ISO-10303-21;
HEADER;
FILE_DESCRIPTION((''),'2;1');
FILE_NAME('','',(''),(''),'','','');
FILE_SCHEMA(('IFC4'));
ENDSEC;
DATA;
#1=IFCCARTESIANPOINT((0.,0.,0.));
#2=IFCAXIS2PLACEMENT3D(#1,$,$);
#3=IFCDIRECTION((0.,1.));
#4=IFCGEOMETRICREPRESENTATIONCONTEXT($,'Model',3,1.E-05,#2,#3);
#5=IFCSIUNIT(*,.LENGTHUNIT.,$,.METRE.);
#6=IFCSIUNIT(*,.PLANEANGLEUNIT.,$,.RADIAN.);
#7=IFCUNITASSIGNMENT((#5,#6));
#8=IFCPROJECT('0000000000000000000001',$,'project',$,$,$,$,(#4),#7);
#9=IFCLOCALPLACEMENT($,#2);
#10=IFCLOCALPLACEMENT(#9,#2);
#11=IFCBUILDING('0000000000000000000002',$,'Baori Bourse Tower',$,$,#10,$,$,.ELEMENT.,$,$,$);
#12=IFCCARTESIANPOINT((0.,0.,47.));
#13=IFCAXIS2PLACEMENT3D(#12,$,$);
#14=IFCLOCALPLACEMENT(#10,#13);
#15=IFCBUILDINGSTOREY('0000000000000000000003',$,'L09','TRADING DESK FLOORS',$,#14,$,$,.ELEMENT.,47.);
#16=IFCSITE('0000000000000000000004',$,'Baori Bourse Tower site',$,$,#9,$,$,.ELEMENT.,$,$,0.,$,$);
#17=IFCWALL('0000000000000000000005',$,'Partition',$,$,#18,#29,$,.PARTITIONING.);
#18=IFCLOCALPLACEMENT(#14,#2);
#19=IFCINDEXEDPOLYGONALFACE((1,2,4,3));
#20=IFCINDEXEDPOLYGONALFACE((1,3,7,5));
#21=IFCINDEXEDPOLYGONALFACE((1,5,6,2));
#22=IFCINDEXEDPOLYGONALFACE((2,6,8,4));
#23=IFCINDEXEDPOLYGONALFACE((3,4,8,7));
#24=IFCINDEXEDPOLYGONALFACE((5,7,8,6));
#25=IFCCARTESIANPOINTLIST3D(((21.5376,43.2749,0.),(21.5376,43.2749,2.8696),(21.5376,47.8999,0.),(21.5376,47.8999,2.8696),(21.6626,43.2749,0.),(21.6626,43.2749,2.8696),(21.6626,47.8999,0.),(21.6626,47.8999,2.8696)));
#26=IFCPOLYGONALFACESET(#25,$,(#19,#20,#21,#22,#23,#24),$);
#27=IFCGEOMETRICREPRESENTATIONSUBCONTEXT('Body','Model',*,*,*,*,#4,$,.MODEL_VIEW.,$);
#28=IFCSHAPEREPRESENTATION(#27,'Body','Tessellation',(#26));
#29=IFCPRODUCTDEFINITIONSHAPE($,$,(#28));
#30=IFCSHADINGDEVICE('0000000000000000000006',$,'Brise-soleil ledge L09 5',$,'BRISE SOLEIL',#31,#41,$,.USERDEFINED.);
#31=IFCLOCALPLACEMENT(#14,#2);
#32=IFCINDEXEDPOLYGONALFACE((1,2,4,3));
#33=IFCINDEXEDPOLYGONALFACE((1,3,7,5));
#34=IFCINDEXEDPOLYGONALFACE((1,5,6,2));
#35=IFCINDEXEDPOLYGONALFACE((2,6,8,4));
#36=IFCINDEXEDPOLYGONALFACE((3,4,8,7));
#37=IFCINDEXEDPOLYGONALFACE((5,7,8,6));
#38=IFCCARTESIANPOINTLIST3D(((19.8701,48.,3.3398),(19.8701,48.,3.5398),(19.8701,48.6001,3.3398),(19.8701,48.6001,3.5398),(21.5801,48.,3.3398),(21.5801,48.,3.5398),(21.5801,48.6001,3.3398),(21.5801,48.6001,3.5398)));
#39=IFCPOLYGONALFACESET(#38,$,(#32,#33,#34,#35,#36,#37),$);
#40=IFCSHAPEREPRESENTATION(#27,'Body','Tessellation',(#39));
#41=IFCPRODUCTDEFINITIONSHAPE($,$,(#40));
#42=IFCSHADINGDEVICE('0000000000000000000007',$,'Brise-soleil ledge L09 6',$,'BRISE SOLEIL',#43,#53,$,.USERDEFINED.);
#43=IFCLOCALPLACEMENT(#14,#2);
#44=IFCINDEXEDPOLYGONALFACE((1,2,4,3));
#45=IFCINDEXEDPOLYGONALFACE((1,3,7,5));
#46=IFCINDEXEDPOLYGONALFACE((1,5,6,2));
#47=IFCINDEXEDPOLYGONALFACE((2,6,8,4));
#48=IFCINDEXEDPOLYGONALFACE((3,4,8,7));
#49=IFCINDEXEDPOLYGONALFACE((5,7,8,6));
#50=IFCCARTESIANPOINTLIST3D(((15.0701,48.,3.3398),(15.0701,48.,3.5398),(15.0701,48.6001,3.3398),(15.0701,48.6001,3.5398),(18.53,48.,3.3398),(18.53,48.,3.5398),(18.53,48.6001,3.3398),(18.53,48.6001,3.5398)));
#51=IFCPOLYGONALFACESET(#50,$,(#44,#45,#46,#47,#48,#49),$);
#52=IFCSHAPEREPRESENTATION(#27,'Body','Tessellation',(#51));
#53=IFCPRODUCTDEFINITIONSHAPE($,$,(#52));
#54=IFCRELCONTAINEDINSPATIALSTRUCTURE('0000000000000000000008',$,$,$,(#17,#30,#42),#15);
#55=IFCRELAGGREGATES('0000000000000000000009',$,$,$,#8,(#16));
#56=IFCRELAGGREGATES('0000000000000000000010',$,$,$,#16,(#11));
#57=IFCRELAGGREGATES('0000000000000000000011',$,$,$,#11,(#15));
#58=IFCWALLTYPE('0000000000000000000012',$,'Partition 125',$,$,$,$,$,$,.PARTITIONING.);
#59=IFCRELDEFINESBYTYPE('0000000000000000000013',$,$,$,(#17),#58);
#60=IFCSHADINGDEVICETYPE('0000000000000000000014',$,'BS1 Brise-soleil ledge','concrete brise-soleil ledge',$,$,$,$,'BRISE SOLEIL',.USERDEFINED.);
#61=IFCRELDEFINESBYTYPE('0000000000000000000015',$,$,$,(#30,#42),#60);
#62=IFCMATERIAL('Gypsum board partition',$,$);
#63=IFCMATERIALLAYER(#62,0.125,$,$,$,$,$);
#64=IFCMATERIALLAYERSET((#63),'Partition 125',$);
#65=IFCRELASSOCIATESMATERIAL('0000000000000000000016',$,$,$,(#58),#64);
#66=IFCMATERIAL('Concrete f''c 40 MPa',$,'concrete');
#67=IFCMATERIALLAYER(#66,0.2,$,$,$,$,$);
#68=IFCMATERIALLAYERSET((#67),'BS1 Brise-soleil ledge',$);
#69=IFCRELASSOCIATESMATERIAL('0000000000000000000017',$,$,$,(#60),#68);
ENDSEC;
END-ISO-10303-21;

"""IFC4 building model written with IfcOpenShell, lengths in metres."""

from ifc_helpers import new_model, si_unit, direction, frame, frame_2d, origin, origin_2d, place, context, subcontext, project, spatial, rectangle, extrude, material, layer, layer_set, type_object, element, save


model = new_model("IFC4")

# Units and contexts
model_context = context("Model", 3, precision=1e-05, world=origin(), true_north=direction((0.0, 1.0)))
body_context = subcontext(model_context, "Body", "Model", "MODEL_VIEW")
ifc_project = project(units=[si_unit("LENGTHUNIT", "METRE"), si_unit("PLANEANGLEUNIT", "RADIAN")], contexts=[model_context])

# Site, building, storey
site_placement = place(None, origin())
site = spatial("IfcSite", under=ifc_project, at=site_placement, Name="Baori Bourse Tower site", CompositionType="ELEMENT", RefElevation=0.0)
building_placement = place(site_placement, origin())
building = spatial("IfcBuilding", under=site, at=building_placement, Name="Baori Bourse Tower", CompositionType="ELEMENT")
storey_placement = place(building_placement, frame((0.0, 0.0, 47.0)))
storey = spatial("IfcBuildingStorey", under=building, at=storey_placement, Name="L09", Description="TRADING DESK FLOORS", CompositionType="ELEMENT", Elevation=47.0)

# Wall
ifc_material_1 = material(Name="Gypsum board partition")
ifc_layer_1 = layer(ifc_material_1, 0.125)
ifc_layer_set_1 = layer_set([ifc_layer_1], Name="Partition 125")
wall_type_1 = type_object("IfcWallType", Name="Partition 125", PredefinedType="PARTITIONING", material=ifc_layer_set_1)
wall_1_placement = place(storey_placement, frame((21.6001, 43.2749, 0.0), z_axis=(0.0, 0.0, 1.0), x_axis=(0.0, 1.0, 0.0)))
element("IfcWall", 1, at=wall_1_placement, inside=storey, type_object=wall_type_1, Name="Partition", PredefinedType="PARTITIONING", context=body_context, shape_type="SweptSolid", body=[
    extrude(rectangle(XDim=4.625, YDim=0.125, at=frame_2d((2.3125, 0.0))), origin(), (0.0, 0.0, 1.0), 2.8696),
])

# Shading devices
ifc_material_2 = material(Name="Concrete f'c 40 MPa", Category="concrete")
ifc_layer_2 = layer(ifc_material_2, 0.2)
ifc_layer_set_2 = layer_set([ifc_layer_2], Name="BS1 Brise-soleil ledge")
shading_device_type = type_object("IfcShadingDeviceType", Name="BS1 Brise-soleil ledge", Description="concrete brise-soleil ledge", ElementType="BRISE SOLEIL", PredefinedType="USERDEFINED", material=ifc_layer_set_2)
shading_device_1_placement = place(storey_placement, frame((20.7251, 48.3, 3.3398), z_axis=(0.0, 0.0, 1.0), x_axis=(-1.0, 0.0, 0.0)))
element("IfcShadingDevice", 2, at=shading_device_1_placement, inside=storey, type_object=shading_device_type, Name="Brise-soleil ledge L09 5", ObjectType="BRISE SOLEIL", PredefinedType="USERDEFINED", context=body_context, shape_type="SweptSolid", body=[
    extrude(rectangle(XDim=1.71, YDim=0.6001, at=origin_2d()), origin(), (0.0, 0.0, 1.0), 0.2),
])
shading_device_2_placement = place(storey_placement, frame((16.8, 48.3, 3.3398), z_axis=(0.0, 0.0, 1.0), x_axis=(-1.0, 0.0, 0.0)))
element("IfcShadingDevice", 3, at=shading_device_2_placement, inside=storey, type_object=shading_device_type, Name="Brise-soleil ledge L09 6", ObjectType="BRISE SOLEIL", PredefinedType="USERDEFINED", context=body_context, shape_type="SweptSolid", body=[
    extrude(rectangle(XDim=3.46, YDim=0.6001, at=origin_2d()), origin(), (0.0, 0.0, 1.0), 0.2),
])

save(model, "model.ifc")
